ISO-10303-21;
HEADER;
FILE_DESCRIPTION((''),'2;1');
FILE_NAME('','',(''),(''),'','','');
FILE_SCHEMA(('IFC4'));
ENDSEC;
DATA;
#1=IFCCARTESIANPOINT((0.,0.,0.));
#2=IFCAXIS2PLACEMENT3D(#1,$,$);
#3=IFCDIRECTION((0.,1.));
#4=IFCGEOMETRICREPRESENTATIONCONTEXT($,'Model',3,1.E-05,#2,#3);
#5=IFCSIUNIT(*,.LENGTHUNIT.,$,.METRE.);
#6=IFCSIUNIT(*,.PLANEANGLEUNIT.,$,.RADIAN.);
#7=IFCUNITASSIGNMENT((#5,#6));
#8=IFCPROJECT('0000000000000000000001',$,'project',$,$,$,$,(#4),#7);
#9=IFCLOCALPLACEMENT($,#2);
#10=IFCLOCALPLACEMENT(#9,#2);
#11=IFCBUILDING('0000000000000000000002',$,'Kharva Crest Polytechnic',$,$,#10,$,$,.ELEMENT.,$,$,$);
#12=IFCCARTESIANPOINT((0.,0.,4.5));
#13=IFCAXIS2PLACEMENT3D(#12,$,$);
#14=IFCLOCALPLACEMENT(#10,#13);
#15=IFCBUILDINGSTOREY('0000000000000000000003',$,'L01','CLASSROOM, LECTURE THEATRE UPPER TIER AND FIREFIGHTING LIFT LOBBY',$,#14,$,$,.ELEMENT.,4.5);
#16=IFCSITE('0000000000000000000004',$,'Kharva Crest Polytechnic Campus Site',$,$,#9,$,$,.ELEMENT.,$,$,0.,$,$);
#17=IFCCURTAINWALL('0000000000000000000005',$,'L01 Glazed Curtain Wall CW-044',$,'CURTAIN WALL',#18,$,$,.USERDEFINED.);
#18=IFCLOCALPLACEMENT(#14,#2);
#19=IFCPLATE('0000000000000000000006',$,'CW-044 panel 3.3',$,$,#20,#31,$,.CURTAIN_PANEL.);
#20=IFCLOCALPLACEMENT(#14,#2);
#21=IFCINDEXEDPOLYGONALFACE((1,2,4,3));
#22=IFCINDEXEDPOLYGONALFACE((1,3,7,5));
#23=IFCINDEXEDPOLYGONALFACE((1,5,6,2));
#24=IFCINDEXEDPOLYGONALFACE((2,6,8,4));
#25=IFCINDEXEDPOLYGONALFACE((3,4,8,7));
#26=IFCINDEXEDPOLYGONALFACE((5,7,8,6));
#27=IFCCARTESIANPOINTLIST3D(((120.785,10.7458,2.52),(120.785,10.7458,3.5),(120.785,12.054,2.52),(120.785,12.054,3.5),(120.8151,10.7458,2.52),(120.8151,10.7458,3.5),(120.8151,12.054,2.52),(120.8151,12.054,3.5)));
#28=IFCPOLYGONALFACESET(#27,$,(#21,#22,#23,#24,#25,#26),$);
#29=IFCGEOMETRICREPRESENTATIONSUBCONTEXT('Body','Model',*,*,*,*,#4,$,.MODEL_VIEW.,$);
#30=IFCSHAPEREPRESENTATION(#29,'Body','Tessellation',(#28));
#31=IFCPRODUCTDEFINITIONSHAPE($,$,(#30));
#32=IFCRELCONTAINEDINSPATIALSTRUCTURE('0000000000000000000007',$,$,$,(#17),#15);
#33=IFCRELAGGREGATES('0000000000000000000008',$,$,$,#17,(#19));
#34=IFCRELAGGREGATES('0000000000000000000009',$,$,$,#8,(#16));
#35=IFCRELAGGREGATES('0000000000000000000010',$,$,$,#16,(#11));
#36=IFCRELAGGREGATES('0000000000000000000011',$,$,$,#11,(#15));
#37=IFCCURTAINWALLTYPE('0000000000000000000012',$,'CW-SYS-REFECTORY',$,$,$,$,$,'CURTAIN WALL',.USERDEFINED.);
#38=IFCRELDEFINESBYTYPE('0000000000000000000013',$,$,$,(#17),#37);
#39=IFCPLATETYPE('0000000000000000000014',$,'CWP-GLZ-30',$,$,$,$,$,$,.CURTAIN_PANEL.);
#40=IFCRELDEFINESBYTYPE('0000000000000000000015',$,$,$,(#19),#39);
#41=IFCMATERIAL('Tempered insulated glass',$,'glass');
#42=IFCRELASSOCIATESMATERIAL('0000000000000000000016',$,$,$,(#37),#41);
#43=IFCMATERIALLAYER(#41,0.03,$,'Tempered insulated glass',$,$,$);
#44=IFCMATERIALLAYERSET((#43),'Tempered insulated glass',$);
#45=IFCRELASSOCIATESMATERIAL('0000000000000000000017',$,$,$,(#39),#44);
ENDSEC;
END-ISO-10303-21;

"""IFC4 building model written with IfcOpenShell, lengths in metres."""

from ifc_helpers import new_model, si_unit, direction, frame, origin, origin_2d, place, context, subcontext, project, spatial, rectangle, extrude, material, layer, layer_set, type_object, element, aggregate, save


model = new_model("IFC4")

# Units and contexts
model_context = context("Model", 3, precision=1e-05, world=origin(), true_north=direction((0.0, 1.0)))
body_context = subcontext(model_context, "Body", "Model", "MODEL_VIEW")
ifc_project = project(units=[si_unit("LENGTHUNIT", "METRE"), si_unit("PLANEANGLEUNIT", "RADIAN")], contexts=[model_context])

# Site, building, storey
site_placement = place(None, origin())
site = spatial("IfcSite", under=ifc_project, at=site_placement, Name="Kharva Crest Polytechnic Campus Site", CompositionType="ELEMENT", RefElevation=0.0)
building_placement = place(site_placement, origin())
building = spatial("IfcBuilding", under=site, at=building_placement, Name="Kharva Crest Polytechnic", CompositionType="ELEMENT")
storey_placement = place(building_placement, frame((0.0, 0.0, 4.5)))
storey = spatial("IfcBuildingStorey", under=building, at=storey_placement, Name="L01", Description="CLASSROOM, LECTURE THEATRE UPPER TIER AND FIREFIGHTING LIFT LOBBY", CompositionType="ELEMENT", Elevation=4.5)

# Shared definitions
ifc_material_1 = material(Name="Tempered insulated glass", Category="glass")

# Curtain wall
curtain_wall_type_1 = type_object("IfcCurtainWallType", Name="CW-SYS-REFECTORY", ElementType="CURTAIN WALL", PredefinedType="USERDEFINED", material=ifc_material_1)
curtain_wall_1_placement = place(storey_placement, origin())
curtain_wall_1 = element("IfcCurtainWall", 1, at=curtain_wall_1_placement, inside=storey, type_object=curtain_wall_type_1, Name="L01 Glazed Curtain Wall CW-044", ObjectType="CURTAIN WALL", PredefinedType="USERDEFINED")

# Plate
ifc_layer_1 = layer(ifc_material_1, 0.03, Name="Tempered insulated glass")
ifc_layer_set_1 = layer_set([ifc_layer_1], Name="Tempered insulated glass")
plate_type_1 = type_object("IfcPlateType", Name="CWP-GLZ-30", PredefinedType="CURTAIN_PANEL", material=ifc_layer_set_1)
plate_1_placement = place(storey_placement, frame((120.8, 11.3999, 2.52), z_axis=(0.0, 0.0, 1.0), x_axis=(0.0, -1.0, 0.0)))
plate_1 = element("IfcPlate", 2, at=plate_1_placement, type_object=plate_type_1, Name="CW-044 panel 3.3", PredefinedType="CURTAIN_PANEL", context=body_context, shape_type="SweptSolid", body=[
    extrude(rectangle(XDim=1.3081, YDim=0.03, at=origin_2d()), origin(), (0.0, 0.0, 1.0), 0.98),
])
aggregate(curtain_wall_1, [plate_1])

save(model, "model.ifc")
